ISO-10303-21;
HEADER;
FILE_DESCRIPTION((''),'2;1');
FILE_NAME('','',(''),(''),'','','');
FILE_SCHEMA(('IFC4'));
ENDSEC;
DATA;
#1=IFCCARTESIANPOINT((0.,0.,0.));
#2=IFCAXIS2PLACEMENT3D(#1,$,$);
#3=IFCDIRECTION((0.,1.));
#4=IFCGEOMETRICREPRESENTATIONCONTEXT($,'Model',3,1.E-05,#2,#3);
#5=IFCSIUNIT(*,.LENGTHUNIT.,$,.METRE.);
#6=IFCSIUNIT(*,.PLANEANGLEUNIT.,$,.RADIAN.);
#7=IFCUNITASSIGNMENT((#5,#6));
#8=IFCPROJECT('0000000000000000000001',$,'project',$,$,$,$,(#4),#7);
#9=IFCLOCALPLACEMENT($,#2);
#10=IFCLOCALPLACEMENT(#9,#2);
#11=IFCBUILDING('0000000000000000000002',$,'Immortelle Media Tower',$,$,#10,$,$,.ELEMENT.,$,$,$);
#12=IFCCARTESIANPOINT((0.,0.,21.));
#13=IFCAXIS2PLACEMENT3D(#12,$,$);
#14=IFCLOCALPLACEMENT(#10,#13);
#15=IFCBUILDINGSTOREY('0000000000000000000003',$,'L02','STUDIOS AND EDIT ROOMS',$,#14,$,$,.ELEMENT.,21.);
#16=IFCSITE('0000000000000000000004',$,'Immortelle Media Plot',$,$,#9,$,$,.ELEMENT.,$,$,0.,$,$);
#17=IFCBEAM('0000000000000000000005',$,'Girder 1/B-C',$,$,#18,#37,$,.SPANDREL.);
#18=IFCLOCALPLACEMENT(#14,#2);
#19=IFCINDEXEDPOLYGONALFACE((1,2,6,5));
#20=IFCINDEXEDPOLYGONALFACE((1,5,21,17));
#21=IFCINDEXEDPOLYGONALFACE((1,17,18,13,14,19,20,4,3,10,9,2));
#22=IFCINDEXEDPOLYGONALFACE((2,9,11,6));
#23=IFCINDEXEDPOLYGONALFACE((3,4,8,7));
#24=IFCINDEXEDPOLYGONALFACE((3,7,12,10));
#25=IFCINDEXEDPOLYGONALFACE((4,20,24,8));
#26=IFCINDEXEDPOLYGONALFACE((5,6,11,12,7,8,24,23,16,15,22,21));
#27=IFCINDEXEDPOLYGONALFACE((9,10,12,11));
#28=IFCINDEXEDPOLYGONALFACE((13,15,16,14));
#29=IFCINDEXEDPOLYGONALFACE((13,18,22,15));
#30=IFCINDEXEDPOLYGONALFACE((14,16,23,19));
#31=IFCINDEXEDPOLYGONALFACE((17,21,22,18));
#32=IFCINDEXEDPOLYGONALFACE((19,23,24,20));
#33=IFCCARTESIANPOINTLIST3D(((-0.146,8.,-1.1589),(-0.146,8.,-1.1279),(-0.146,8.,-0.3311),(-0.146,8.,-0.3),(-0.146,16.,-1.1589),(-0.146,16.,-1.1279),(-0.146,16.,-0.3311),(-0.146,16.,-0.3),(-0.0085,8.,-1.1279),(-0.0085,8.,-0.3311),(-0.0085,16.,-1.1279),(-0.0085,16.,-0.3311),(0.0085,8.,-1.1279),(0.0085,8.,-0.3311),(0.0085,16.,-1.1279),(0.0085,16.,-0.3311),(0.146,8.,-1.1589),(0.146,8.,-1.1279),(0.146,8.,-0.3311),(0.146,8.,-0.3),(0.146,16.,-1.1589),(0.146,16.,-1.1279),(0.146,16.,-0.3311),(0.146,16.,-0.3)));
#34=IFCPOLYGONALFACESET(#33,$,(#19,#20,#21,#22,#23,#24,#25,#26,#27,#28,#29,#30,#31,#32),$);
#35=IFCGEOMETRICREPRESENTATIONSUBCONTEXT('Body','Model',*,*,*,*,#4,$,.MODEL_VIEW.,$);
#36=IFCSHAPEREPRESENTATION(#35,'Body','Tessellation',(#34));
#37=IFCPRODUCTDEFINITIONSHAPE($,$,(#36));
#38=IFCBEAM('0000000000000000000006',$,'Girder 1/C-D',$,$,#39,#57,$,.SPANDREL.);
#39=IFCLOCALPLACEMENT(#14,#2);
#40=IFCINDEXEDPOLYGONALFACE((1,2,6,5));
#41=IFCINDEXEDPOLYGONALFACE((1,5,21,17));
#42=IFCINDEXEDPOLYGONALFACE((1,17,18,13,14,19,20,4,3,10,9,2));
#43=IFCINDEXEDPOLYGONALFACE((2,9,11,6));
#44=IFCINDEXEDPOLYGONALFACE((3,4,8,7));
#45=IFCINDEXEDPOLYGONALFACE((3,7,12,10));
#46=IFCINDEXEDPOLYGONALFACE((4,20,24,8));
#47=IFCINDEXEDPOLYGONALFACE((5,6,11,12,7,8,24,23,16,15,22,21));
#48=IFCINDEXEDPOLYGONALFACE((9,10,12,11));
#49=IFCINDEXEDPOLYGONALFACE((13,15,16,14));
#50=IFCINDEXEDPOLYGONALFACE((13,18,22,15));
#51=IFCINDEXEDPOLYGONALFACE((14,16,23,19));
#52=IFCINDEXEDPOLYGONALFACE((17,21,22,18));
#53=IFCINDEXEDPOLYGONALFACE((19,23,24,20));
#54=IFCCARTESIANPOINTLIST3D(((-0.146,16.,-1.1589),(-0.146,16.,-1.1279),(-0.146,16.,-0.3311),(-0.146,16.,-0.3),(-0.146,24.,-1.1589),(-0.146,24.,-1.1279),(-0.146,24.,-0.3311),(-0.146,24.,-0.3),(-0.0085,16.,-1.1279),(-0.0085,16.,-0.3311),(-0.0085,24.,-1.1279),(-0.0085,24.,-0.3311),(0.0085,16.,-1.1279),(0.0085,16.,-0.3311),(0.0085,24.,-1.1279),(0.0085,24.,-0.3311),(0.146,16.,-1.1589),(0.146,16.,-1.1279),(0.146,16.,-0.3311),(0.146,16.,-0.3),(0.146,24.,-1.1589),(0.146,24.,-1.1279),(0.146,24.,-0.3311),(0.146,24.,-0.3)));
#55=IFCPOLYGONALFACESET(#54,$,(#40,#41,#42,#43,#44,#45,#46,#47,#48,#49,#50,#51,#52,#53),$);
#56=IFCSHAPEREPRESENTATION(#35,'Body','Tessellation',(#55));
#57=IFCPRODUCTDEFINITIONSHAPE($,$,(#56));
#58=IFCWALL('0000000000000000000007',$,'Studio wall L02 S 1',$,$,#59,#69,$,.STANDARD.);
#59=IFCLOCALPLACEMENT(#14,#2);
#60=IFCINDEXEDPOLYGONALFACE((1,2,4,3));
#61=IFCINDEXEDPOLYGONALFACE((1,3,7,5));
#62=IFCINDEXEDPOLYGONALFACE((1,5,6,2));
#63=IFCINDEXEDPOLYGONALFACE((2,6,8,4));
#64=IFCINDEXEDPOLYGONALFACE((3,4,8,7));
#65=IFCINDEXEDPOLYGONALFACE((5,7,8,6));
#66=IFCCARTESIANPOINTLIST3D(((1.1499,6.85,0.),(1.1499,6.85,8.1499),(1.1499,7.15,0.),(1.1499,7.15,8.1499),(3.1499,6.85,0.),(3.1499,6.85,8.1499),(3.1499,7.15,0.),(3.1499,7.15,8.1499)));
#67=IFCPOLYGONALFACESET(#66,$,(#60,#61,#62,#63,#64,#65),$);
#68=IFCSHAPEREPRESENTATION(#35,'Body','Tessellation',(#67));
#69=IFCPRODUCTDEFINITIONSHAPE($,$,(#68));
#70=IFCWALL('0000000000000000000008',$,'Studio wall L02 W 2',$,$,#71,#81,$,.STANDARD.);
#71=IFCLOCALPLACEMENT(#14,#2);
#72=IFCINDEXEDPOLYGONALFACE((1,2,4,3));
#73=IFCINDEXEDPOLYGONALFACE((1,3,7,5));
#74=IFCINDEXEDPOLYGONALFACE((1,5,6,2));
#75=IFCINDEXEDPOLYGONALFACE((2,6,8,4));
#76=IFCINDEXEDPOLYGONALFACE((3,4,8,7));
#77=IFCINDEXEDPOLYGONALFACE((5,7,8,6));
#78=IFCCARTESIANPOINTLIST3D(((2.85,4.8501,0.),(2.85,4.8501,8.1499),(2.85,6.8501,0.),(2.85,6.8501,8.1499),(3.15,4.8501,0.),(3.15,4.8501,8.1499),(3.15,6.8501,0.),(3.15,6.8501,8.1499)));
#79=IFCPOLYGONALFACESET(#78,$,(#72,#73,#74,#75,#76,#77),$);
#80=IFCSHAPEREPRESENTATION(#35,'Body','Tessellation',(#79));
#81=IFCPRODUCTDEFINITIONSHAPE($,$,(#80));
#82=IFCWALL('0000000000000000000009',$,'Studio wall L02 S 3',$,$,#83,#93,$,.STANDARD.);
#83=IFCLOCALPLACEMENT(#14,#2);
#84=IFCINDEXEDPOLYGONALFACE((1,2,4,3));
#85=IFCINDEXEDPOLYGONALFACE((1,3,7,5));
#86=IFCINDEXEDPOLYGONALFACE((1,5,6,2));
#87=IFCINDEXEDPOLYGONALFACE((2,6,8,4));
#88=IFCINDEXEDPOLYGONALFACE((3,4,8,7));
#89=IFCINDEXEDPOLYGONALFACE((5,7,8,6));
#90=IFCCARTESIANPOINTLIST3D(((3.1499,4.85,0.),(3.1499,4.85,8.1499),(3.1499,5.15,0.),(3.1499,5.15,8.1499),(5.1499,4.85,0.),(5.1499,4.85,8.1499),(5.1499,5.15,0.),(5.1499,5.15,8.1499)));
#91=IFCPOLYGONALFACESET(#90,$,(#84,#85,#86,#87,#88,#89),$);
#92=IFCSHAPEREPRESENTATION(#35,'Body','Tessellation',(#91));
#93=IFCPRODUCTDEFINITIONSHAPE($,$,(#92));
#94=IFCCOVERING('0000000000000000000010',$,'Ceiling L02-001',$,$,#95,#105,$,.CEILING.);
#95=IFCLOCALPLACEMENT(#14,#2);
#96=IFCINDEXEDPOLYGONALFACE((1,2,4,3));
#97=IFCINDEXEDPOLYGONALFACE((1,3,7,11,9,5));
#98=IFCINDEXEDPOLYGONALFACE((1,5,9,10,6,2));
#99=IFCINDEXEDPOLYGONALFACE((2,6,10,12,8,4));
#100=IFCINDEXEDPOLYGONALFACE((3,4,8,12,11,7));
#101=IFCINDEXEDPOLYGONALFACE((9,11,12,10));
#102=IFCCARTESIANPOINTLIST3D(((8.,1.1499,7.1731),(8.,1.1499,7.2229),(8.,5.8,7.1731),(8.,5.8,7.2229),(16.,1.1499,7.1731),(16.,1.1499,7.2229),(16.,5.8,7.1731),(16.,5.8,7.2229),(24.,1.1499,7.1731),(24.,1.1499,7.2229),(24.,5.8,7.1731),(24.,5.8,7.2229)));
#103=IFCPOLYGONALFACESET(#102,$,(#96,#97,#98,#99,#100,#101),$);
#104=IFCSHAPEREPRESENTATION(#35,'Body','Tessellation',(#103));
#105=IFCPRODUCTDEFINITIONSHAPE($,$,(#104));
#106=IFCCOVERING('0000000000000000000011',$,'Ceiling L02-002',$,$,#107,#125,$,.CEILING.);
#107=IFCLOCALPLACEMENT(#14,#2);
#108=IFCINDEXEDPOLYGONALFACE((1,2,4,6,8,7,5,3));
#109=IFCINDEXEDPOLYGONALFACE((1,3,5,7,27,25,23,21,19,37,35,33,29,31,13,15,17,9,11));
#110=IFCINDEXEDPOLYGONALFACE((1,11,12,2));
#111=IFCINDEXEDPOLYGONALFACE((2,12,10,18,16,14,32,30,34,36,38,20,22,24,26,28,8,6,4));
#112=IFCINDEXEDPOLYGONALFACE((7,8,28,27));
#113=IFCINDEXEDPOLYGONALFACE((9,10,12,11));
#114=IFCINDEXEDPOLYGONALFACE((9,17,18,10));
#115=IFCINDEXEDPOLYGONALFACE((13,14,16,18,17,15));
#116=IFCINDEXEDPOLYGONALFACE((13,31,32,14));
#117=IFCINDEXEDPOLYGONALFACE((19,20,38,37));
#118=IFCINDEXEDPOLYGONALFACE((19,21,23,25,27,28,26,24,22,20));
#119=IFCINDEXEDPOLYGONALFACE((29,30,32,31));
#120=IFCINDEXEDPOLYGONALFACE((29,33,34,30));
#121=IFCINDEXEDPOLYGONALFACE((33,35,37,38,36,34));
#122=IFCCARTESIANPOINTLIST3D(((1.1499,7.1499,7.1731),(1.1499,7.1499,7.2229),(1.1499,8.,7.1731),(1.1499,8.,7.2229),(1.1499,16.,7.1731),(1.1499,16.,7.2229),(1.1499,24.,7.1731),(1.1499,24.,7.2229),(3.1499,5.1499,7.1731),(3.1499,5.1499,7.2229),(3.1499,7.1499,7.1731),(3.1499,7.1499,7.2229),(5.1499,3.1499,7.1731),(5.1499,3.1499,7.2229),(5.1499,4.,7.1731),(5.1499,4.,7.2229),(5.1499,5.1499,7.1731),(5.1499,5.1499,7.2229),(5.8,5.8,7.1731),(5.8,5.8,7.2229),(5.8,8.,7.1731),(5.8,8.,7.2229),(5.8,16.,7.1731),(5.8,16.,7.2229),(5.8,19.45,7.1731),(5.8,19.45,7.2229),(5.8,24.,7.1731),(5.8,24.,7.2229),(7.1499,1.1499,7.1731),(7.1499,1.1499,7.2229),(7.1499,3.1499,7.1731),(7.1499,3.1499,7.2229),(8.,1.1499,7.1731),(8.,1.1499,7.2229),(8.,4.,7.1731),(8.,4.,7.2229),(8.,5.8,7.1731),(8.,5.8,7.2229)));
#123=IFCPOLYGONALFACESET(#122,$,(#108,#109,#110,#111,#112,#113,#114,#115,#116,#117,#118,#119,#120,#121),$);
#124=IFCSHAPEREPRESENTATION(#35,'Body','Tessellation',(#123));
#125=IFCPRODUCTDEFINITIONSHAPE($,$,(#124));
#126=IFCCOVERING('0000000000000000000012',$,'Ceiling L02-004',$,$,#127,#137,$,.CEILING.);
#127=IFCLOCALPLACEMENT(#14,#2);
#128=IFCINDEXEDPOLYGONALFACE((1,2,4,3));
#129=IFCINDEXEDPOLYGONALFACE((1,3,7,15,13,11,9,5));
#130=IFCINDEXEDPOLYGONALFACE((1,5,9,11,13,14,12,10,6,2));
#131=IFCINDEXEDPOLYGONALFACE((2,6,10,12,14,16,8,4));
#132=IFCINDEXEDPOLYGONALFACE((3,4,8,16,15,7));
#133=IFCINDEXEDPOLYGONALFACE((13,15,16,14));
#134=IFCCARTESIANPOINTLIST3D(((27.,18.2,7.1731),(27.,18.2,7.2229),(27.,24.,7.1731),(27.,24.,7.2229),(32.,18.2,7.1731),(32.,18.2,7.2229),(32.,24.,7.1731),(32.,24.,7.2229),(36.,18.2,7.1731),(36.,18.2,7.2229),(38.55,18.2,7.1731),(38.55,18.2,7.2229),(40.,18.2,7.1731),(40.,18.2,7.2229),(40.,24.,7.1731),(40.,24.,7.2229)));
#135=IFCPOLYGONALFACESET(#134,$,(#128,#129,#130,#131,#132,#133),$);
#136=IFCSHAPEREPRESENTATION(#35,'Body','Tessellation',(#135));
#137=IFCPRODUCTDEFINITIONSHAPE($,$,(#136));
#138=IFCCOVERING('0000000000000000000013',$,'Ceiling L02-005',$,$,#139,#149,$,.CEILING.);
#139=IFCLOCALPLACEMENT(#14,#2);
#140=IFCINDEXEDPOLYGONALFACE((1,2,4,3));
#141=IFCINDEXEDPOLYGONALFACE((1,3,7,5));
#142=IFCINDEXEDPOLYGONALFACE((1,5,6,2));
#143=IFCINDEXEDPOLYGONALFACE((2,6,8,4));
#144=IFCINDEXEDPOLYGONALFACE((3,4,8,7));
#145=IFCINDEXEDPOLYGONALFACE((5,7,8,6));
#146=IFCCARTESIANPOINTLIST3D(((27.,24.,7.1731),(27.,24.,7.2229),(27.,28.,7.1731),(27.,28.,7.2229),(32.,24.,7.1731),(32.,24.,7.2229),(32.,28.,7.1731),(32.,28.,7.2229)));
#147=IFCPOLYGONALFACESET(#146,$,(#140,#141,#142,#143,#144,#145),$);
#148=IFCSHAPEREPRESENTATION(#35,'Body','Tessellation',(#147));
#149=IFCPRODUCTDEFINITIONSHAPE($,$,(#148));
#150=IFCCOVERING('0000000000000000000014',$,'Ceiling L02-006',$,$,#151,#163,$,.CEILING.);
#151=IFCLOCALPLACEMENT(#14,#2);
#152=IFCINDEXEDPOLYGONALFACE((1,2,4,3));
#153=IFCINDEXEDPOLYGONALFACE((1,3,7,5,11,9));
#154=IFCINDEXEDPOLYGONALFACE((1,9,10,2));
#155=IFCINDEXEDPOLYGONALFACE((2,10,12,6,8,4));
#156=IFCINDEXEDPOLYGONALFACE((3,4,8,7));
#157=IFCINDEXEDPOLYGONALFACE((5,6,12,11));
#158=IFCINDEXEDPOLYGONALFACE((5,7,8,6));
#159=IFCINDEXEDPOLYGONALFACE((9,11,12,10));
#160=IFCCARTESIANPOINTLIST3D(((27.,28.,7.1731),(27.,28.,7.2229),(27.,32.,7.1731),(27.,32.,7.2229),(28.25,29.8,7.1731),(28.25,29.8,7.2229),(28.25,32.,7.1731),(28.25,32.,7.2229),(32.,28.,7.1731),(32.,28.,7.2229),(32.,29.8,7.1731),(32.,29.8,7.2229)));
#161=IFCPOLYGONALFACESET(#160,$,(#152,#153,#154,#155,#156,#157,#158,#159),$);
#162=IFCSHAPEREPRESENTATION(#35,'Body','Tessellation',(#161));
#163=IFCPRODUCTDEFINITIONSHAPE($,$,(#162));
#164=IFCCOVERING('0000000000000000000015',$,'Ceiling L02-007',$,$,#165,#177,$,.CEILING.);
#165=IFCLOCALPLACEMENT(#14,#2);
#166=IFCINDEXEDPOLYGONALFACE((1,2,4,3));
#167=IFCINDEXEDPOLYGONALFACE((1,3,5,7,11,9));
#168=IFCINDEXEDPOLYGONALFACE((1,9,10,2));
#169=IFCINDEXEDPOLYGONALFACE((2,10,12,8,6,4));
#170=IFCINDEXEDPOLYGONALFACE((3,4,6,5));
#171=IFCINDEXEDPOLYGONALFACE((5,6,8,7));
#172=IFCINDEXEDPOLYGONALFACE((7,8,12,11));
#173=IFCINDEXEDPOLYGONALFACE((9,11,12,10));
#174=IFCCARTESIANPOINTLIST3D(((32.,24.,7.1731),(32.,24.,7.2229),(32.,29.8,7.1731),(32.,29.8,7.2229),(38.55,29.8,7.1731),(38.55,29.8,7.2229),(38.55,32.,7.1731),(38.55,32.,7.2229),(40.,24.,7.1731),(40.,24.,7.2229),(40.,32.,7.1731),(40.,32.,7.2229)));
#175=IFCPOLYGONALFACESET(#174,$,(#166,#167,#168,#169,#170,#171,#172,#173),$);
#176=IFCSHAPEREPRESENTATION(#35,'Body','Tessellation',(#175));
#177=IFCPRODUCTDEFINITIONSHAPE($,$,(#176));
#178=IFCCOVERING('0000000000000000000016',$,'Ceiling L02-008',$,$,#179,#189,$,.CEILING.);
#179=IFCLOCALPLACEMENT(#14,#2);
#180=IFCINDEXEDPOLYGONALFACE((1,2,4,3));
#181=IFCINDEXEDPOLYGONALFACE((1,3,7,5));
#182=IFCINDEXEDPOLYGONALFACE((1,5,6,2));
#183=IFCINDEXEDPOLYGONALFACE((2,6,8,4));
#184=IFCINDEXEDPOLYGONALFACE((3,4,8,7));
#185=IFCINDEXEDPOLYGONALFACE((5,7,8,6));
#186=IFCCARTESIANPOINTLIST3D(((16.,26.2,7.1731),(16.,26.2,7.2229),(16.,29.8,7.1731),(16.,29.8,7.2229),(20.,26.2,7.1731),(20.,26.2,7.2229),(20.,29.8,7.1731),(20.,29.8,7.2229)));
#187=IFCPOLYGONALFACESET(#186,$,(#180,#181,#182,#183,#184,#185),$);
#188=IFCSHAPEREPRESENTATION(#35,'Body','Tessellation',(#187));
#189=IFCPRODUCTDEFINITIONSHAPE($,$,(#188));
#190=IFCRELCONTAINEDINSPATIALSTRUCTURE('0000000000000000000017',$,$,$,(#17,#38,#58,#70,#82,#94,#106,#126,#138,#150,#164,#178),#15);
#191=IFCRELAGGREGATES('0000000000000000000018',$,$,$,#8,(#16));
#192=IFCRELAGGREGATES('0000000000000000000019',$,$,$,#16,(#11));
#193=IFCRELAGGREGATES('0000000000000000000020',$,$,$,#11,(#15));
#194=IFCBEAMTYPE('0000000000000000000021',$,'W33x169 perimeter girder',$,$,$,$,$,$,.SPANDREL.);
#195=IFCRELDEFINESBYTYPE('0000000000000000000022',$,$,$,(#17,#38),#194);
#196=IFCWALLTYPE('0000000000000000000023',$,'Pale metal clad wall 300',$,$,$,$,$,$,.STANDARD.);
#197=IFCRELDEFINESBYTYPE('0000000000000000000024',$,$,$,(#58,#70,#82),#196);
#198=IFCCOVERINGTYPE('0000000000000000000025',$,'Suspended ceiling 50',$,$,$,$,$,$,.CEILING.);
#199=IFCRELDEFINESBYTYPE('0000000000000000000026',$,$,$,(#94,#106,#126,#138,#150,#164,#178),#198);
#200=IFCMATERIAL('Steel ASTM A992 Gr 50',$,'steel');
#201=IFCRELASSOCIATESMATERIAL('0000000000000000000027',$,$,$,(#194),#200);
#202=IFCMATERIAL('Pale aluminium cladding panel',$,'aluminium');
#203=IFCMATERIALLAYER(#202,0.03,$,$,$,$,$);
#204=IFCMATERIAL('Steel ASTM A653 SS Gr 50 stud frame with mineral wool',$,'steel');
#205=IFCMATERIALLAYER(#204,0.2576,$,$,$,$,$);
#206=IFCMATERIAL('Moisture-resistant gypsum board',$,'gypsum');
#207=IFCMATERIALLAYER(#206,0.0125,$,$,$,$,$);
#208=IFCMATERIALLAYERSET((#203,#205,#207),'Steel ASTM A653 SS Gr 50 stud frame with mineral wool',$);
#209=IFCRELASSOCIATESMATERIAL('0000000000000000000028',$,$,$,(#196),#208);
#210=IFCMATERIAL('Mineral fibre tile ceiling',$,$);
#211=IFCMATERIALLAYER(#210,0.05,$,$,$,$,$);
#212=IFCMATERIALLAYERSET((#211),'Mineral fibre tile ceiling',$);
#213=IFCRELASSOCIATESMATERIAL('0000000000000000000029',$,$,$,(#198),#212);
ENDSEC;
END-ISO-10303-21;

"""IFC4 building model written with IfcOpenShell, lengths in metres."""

from ifc_helpers import new_model, si_unit, direction, frame, frame_2d, origin, origin_2d, place, context, subcontext, project, spatial, polyline, rectangle, i_section, outline, extrude, material, layer, layer_set, material_profile, profile_set, type_object, element, save


model = new_model("IFC4")

# Units and contexts
model_context = context("Model", 3, precision=1e-05, world=origin(), true_north=direction((0.0, 1.0)))
body_context = subcontext(model_context, "Body", "Model", "MODEL_VIEW")
ifc_project = project(units=[si_unit("LENGTHUNIT", "METRE"), si_unit("PLANEANGLEUNIT", "RADIAN")], contexts=[model_context])

# Site, building, storey
site_placement = place(None, origin())
site = spatial("IfcSite", under=ifc_project, at=site_placement, Name="Immortelle Media Plot", CompositionType="ELEMENT", RefElevation=0.0)
building_placement = place(site_placement, origin())
building = spatial("IfcBuilding", under=site, at=building_placement, Name="Immortelle Media Tower", CompositionType="ELEMENT")
storey_placement = place(building_placement, frame((0.0, 0.0, 21.0)))
storey = spatial("IfcBuildingStorey", under=building, at=storey_placement, Name="L02", Description="STUDIOS AND EDIT ROOMS", CompositionType="ELEMENT", Elevation=21.0)

# Shared definitions
ifc_material_1 = material(Name="Steel ASTM A992 Gr 50", Category="steel")

# Beams
ifc_material_profile_1 = material_profile(ifc_material_1, i_section(OverallWidth=0.292, OverallDepth=0.8589, WebThickness=0.0171, FlangeThickness=0.031, at=origin_2d()), Name="W33x169")
ifc_profile_set_1 = profile_set([ifc_material_profile_1], Name="Steel ASTM A992 Gr 50")
beam_type_1 = type_object("IfcBeamType", Name="W33x169 perimeter girder", PredefinedType="SPANDREL", material=ifc_profile_set_1)
for number, where, z_axis, x_axis, name in (
    (1, (0.0, 8.0, -0.7295), (0.0, 1.0, 0.0), (-1.0, 0.0, 0.0), "Girder 1/B-C"),
    (2, (0.0, 16.0, -0.7295), (0.0, 1.0, 0.0), (-1.0, 0.0, 0.0), "Girder 1/C-D"),
):
    element("IfcBeam", number, at=place(storey_placement, frame(where, z_axis=z_axis, x_axis=x_axis)), inside=storey, type_object=beam_type_1, Name=name, PredefinedType="SPANDREL", context=body_context, shape_type="SweptSolid", body=[
        extrude(i_section(OverallWidth=0.292, OverallDepth=0.8589, WebThickness=0.0171, FlangeThickness=0.031, at=origin_2d()), origin(), (0.0, 0.0, 1.0), 8.0),
    ])

# Walls
ifc_material_2 = material(Name="Pale aluminium cladding panel", Category="aluminium")
ifc_layer_1 = layer(ifc_material_2, 0.03)
ifc_material_3 = material(Name="Steel ASTM A653 SS Gr 50 stud frame with mineral wool", Category="steel")
ifc_layer_2 = layer(ifc_material_3, 0.2576)
ifc_material_4 = material(Name="Moisture-resistant gypsum board", Category="gypsum")
ifc_layer_3 = layer(ifc_material_4, 0.0125)
ifc_layer_set_1 = layer_set([ifc_layer_1, ifc_layer_2, ifc_layer_3], Name="Steel ASTM A653 SS Gr 50 stud frame with mineral wool")
wall_type = type_object("IfcWallType", Name="Pale metal clad wall 300", PredefinedType="STANDARD", material=ifc_layer_set_1)
for number, where, z_axis, x_axis, name in (
    (3, (1.1499, 7.0, 0.0), (0.0, 0.0, 1.0), (1.0, 0.0, 0.0), "Studio wall L02 S 1"),
    (4, (3.0, 6.8501, 0.0), (0.0, 0.0, 1.0), (0.0, -1.0, 0.0), "Studio wall L02 W 2"),
    (5, (3.1499, 5.0, 0.0), (0.0, 0.0, 1.0), (1.0, 0.0, 0.0), "Studio wall L02 S 3"),
):
    element("IfcWall", number, at=place(storey_placement, frame(where, z_axis=z_axis, x_axis=x_axis)), inside=storey, type_object=wall_type, Name=name, PredefinedType="STANDARD", context=body_context, shape_type="SweptSolid", body=[
        extrude(rectangle(XDim=2.0, YDim=0.3, at=frame_2d((1.0, 0.0))), origin(), (0.0, 0.0, 1.0), 8.1499),
    ])

# Coverings
ifc_material_5 = material(Name="Mineral fibre tile ceiling")
ifc_layer_4 = layer(ifc_material_5, 0.05)
ifc_layer_set_2 = layer_set([ifc_layer_4], Name="Mineral fibre tile ceiling")
covering_type = type_object("IfcCoveringType", Name="Suspended ceiling 50", PredefinedType="CEILING", material=ifc_layer_set_2)
covering_1_placement = place(storey_placement, frame((0.0, 0.0, 7.1731)))
element("IfcCovering", 6, at=covering_1_placement, inside=storey, type_object=covering_type, Name="Ceiling L02-001", PredefinedType="CEILING", context=body_context, shape_type="SweptSolid", body=[
    extrude(outline(polyline([(8.0, 5.8), (16.0, 5.8), (24.0, 5.8), (24.0, 1.1499), (16.0, 1.1499), (8.0, 1.1499), (8.0, 5.8)])), origin(), (0.0, 0.0, 1.0), 0.0498),
])
covering_2_placement = place(storey_placement, frame((0.0, 0.0, 7.1731)))
element("IfcCovering", 7, at=covering_2_placement, inside=storey, type_object=covering_type, Name="Ceiling L02-002", PredefinedType="CEILING", context=body_context, shape_type="SweptSolid", body=[
    extrude(outline(polyline([(8.0, 1.1499), (7.1499, 1.1499), (7.1499, 3.1499), (5.1499, 3.1499), (5.1499, 4.0), (5.1499, 5.1499), (3.1499, 5.1499), (3.1499, 7.1499), (1.1499, 7.1499), (1.1499, 8.0), (1.1499, 16.0), (1.1499, 24.0), (5.8, 24.0), (5.8, 19.45), (5.8, 16.0), (5.8, 8.0), (5.8, 5.8), (8.0, 5.8), (8.0, 4.0), (8.0, 1.1499)])), origin(), (0.0, 0.0, 1.0), 0.0498),
])
covering_3_placement = place(storey_placement, frame((0.0, 0.0, 7.1731)))
element("IfcCovering", 8, at=covering_3_placement, inside=storey, type_object=covering_type, Name="Ceiling L02-004", PredefinedType="CEILING", context=body_context, shape_type="SweptSolid", body=[
    extrude(outline(polyline([(27.0, 18.2), (27.0, 24.0), (32.0, 24.0), (40.0, 24.0), (40.0, 18.2), (38.55, 18.2), (36.0, 18.2), (32.0, 18.2), (27.0, 18.2)])), origin(), (0.0, 0.0, 1.0), 0.0498),
])
covering_4_placement = place(storey_placement, frame((0.0, 0.0, 7.1731)))
element("IfcCovering", 9, at=covering_4_placement, inside=storey, type_object=covering_type, Name="Ceiling L02-005", PredefinedType="CEILING", context=body_context, shape_type="SweptSolid", body=[
    extrude(outline(polyline([(27.0, 28.0), (32.0, 28.0), (32.0, 24.0), (27.0, 24.0), (27.0, 28.0)])), origin(), (0.0, 0.0, 1.0), 0.0498),
])
covering_5_placement = place(storey_placement, frame((0.0, 0.0, 7.1731)))
element("IfcCovering", 10, at=covering_5_placement, inside=storey, type_object=covering_type, Name="Ceiling L02-006", PredefinedType="CEILING", context=body_context, shape_type="SweptSolid", body=[
    extrude(outline(polyline([(27.0, 32.0), (28.25, 32.0), (28.25, 29.8), (32.0, 29.8), (32.0, 28.0), (27.0, 28.0), (27.0, 32.0)])), origin(), (0.0, 0.0, 1.0), 0.0498),
])
covering_6_placement = place(storey_placement, frame((0.0, 0.0, 7.1731)))
element("IfcCovering", 11, at=covering_6_placement, inside=storey, type_object=covering_type, Name="Ceiling L02-007", PredefinedType="CEILING", context=body_context, shape_type="SweptSolid", body=[
    extrude(outline(polyline([(32.0, 24.0), (32.0, 29.8), (38.55, 29.8), (38.55, 32.0), (40.0, 32.0), (40.0, 24.0), (32.0, 24.0)])), origin(), (0.0, 0.0, 1.0), 0.0498),
])
covering_7_placement = place(storey_placement, frame((0.0, 0.0, 7.1731)))
element("IfcCovering", 12, at=covering_7_placement, inside=storey, type_object=covering_type, Name="Ceiling L02-008", PredefinedType="CEILING", context=body_context, shape_type="SweptSolid", body=[
    extrude(outline(polyline([(16.0, 29.8), (20.0, 29.8), (20.0, 26.2), (16.0, 26.2), (16.0, 29.8)])), origin(), (0.0, 0.0, 1.0), 0.0498),
])

save(model, "model.ifc")
